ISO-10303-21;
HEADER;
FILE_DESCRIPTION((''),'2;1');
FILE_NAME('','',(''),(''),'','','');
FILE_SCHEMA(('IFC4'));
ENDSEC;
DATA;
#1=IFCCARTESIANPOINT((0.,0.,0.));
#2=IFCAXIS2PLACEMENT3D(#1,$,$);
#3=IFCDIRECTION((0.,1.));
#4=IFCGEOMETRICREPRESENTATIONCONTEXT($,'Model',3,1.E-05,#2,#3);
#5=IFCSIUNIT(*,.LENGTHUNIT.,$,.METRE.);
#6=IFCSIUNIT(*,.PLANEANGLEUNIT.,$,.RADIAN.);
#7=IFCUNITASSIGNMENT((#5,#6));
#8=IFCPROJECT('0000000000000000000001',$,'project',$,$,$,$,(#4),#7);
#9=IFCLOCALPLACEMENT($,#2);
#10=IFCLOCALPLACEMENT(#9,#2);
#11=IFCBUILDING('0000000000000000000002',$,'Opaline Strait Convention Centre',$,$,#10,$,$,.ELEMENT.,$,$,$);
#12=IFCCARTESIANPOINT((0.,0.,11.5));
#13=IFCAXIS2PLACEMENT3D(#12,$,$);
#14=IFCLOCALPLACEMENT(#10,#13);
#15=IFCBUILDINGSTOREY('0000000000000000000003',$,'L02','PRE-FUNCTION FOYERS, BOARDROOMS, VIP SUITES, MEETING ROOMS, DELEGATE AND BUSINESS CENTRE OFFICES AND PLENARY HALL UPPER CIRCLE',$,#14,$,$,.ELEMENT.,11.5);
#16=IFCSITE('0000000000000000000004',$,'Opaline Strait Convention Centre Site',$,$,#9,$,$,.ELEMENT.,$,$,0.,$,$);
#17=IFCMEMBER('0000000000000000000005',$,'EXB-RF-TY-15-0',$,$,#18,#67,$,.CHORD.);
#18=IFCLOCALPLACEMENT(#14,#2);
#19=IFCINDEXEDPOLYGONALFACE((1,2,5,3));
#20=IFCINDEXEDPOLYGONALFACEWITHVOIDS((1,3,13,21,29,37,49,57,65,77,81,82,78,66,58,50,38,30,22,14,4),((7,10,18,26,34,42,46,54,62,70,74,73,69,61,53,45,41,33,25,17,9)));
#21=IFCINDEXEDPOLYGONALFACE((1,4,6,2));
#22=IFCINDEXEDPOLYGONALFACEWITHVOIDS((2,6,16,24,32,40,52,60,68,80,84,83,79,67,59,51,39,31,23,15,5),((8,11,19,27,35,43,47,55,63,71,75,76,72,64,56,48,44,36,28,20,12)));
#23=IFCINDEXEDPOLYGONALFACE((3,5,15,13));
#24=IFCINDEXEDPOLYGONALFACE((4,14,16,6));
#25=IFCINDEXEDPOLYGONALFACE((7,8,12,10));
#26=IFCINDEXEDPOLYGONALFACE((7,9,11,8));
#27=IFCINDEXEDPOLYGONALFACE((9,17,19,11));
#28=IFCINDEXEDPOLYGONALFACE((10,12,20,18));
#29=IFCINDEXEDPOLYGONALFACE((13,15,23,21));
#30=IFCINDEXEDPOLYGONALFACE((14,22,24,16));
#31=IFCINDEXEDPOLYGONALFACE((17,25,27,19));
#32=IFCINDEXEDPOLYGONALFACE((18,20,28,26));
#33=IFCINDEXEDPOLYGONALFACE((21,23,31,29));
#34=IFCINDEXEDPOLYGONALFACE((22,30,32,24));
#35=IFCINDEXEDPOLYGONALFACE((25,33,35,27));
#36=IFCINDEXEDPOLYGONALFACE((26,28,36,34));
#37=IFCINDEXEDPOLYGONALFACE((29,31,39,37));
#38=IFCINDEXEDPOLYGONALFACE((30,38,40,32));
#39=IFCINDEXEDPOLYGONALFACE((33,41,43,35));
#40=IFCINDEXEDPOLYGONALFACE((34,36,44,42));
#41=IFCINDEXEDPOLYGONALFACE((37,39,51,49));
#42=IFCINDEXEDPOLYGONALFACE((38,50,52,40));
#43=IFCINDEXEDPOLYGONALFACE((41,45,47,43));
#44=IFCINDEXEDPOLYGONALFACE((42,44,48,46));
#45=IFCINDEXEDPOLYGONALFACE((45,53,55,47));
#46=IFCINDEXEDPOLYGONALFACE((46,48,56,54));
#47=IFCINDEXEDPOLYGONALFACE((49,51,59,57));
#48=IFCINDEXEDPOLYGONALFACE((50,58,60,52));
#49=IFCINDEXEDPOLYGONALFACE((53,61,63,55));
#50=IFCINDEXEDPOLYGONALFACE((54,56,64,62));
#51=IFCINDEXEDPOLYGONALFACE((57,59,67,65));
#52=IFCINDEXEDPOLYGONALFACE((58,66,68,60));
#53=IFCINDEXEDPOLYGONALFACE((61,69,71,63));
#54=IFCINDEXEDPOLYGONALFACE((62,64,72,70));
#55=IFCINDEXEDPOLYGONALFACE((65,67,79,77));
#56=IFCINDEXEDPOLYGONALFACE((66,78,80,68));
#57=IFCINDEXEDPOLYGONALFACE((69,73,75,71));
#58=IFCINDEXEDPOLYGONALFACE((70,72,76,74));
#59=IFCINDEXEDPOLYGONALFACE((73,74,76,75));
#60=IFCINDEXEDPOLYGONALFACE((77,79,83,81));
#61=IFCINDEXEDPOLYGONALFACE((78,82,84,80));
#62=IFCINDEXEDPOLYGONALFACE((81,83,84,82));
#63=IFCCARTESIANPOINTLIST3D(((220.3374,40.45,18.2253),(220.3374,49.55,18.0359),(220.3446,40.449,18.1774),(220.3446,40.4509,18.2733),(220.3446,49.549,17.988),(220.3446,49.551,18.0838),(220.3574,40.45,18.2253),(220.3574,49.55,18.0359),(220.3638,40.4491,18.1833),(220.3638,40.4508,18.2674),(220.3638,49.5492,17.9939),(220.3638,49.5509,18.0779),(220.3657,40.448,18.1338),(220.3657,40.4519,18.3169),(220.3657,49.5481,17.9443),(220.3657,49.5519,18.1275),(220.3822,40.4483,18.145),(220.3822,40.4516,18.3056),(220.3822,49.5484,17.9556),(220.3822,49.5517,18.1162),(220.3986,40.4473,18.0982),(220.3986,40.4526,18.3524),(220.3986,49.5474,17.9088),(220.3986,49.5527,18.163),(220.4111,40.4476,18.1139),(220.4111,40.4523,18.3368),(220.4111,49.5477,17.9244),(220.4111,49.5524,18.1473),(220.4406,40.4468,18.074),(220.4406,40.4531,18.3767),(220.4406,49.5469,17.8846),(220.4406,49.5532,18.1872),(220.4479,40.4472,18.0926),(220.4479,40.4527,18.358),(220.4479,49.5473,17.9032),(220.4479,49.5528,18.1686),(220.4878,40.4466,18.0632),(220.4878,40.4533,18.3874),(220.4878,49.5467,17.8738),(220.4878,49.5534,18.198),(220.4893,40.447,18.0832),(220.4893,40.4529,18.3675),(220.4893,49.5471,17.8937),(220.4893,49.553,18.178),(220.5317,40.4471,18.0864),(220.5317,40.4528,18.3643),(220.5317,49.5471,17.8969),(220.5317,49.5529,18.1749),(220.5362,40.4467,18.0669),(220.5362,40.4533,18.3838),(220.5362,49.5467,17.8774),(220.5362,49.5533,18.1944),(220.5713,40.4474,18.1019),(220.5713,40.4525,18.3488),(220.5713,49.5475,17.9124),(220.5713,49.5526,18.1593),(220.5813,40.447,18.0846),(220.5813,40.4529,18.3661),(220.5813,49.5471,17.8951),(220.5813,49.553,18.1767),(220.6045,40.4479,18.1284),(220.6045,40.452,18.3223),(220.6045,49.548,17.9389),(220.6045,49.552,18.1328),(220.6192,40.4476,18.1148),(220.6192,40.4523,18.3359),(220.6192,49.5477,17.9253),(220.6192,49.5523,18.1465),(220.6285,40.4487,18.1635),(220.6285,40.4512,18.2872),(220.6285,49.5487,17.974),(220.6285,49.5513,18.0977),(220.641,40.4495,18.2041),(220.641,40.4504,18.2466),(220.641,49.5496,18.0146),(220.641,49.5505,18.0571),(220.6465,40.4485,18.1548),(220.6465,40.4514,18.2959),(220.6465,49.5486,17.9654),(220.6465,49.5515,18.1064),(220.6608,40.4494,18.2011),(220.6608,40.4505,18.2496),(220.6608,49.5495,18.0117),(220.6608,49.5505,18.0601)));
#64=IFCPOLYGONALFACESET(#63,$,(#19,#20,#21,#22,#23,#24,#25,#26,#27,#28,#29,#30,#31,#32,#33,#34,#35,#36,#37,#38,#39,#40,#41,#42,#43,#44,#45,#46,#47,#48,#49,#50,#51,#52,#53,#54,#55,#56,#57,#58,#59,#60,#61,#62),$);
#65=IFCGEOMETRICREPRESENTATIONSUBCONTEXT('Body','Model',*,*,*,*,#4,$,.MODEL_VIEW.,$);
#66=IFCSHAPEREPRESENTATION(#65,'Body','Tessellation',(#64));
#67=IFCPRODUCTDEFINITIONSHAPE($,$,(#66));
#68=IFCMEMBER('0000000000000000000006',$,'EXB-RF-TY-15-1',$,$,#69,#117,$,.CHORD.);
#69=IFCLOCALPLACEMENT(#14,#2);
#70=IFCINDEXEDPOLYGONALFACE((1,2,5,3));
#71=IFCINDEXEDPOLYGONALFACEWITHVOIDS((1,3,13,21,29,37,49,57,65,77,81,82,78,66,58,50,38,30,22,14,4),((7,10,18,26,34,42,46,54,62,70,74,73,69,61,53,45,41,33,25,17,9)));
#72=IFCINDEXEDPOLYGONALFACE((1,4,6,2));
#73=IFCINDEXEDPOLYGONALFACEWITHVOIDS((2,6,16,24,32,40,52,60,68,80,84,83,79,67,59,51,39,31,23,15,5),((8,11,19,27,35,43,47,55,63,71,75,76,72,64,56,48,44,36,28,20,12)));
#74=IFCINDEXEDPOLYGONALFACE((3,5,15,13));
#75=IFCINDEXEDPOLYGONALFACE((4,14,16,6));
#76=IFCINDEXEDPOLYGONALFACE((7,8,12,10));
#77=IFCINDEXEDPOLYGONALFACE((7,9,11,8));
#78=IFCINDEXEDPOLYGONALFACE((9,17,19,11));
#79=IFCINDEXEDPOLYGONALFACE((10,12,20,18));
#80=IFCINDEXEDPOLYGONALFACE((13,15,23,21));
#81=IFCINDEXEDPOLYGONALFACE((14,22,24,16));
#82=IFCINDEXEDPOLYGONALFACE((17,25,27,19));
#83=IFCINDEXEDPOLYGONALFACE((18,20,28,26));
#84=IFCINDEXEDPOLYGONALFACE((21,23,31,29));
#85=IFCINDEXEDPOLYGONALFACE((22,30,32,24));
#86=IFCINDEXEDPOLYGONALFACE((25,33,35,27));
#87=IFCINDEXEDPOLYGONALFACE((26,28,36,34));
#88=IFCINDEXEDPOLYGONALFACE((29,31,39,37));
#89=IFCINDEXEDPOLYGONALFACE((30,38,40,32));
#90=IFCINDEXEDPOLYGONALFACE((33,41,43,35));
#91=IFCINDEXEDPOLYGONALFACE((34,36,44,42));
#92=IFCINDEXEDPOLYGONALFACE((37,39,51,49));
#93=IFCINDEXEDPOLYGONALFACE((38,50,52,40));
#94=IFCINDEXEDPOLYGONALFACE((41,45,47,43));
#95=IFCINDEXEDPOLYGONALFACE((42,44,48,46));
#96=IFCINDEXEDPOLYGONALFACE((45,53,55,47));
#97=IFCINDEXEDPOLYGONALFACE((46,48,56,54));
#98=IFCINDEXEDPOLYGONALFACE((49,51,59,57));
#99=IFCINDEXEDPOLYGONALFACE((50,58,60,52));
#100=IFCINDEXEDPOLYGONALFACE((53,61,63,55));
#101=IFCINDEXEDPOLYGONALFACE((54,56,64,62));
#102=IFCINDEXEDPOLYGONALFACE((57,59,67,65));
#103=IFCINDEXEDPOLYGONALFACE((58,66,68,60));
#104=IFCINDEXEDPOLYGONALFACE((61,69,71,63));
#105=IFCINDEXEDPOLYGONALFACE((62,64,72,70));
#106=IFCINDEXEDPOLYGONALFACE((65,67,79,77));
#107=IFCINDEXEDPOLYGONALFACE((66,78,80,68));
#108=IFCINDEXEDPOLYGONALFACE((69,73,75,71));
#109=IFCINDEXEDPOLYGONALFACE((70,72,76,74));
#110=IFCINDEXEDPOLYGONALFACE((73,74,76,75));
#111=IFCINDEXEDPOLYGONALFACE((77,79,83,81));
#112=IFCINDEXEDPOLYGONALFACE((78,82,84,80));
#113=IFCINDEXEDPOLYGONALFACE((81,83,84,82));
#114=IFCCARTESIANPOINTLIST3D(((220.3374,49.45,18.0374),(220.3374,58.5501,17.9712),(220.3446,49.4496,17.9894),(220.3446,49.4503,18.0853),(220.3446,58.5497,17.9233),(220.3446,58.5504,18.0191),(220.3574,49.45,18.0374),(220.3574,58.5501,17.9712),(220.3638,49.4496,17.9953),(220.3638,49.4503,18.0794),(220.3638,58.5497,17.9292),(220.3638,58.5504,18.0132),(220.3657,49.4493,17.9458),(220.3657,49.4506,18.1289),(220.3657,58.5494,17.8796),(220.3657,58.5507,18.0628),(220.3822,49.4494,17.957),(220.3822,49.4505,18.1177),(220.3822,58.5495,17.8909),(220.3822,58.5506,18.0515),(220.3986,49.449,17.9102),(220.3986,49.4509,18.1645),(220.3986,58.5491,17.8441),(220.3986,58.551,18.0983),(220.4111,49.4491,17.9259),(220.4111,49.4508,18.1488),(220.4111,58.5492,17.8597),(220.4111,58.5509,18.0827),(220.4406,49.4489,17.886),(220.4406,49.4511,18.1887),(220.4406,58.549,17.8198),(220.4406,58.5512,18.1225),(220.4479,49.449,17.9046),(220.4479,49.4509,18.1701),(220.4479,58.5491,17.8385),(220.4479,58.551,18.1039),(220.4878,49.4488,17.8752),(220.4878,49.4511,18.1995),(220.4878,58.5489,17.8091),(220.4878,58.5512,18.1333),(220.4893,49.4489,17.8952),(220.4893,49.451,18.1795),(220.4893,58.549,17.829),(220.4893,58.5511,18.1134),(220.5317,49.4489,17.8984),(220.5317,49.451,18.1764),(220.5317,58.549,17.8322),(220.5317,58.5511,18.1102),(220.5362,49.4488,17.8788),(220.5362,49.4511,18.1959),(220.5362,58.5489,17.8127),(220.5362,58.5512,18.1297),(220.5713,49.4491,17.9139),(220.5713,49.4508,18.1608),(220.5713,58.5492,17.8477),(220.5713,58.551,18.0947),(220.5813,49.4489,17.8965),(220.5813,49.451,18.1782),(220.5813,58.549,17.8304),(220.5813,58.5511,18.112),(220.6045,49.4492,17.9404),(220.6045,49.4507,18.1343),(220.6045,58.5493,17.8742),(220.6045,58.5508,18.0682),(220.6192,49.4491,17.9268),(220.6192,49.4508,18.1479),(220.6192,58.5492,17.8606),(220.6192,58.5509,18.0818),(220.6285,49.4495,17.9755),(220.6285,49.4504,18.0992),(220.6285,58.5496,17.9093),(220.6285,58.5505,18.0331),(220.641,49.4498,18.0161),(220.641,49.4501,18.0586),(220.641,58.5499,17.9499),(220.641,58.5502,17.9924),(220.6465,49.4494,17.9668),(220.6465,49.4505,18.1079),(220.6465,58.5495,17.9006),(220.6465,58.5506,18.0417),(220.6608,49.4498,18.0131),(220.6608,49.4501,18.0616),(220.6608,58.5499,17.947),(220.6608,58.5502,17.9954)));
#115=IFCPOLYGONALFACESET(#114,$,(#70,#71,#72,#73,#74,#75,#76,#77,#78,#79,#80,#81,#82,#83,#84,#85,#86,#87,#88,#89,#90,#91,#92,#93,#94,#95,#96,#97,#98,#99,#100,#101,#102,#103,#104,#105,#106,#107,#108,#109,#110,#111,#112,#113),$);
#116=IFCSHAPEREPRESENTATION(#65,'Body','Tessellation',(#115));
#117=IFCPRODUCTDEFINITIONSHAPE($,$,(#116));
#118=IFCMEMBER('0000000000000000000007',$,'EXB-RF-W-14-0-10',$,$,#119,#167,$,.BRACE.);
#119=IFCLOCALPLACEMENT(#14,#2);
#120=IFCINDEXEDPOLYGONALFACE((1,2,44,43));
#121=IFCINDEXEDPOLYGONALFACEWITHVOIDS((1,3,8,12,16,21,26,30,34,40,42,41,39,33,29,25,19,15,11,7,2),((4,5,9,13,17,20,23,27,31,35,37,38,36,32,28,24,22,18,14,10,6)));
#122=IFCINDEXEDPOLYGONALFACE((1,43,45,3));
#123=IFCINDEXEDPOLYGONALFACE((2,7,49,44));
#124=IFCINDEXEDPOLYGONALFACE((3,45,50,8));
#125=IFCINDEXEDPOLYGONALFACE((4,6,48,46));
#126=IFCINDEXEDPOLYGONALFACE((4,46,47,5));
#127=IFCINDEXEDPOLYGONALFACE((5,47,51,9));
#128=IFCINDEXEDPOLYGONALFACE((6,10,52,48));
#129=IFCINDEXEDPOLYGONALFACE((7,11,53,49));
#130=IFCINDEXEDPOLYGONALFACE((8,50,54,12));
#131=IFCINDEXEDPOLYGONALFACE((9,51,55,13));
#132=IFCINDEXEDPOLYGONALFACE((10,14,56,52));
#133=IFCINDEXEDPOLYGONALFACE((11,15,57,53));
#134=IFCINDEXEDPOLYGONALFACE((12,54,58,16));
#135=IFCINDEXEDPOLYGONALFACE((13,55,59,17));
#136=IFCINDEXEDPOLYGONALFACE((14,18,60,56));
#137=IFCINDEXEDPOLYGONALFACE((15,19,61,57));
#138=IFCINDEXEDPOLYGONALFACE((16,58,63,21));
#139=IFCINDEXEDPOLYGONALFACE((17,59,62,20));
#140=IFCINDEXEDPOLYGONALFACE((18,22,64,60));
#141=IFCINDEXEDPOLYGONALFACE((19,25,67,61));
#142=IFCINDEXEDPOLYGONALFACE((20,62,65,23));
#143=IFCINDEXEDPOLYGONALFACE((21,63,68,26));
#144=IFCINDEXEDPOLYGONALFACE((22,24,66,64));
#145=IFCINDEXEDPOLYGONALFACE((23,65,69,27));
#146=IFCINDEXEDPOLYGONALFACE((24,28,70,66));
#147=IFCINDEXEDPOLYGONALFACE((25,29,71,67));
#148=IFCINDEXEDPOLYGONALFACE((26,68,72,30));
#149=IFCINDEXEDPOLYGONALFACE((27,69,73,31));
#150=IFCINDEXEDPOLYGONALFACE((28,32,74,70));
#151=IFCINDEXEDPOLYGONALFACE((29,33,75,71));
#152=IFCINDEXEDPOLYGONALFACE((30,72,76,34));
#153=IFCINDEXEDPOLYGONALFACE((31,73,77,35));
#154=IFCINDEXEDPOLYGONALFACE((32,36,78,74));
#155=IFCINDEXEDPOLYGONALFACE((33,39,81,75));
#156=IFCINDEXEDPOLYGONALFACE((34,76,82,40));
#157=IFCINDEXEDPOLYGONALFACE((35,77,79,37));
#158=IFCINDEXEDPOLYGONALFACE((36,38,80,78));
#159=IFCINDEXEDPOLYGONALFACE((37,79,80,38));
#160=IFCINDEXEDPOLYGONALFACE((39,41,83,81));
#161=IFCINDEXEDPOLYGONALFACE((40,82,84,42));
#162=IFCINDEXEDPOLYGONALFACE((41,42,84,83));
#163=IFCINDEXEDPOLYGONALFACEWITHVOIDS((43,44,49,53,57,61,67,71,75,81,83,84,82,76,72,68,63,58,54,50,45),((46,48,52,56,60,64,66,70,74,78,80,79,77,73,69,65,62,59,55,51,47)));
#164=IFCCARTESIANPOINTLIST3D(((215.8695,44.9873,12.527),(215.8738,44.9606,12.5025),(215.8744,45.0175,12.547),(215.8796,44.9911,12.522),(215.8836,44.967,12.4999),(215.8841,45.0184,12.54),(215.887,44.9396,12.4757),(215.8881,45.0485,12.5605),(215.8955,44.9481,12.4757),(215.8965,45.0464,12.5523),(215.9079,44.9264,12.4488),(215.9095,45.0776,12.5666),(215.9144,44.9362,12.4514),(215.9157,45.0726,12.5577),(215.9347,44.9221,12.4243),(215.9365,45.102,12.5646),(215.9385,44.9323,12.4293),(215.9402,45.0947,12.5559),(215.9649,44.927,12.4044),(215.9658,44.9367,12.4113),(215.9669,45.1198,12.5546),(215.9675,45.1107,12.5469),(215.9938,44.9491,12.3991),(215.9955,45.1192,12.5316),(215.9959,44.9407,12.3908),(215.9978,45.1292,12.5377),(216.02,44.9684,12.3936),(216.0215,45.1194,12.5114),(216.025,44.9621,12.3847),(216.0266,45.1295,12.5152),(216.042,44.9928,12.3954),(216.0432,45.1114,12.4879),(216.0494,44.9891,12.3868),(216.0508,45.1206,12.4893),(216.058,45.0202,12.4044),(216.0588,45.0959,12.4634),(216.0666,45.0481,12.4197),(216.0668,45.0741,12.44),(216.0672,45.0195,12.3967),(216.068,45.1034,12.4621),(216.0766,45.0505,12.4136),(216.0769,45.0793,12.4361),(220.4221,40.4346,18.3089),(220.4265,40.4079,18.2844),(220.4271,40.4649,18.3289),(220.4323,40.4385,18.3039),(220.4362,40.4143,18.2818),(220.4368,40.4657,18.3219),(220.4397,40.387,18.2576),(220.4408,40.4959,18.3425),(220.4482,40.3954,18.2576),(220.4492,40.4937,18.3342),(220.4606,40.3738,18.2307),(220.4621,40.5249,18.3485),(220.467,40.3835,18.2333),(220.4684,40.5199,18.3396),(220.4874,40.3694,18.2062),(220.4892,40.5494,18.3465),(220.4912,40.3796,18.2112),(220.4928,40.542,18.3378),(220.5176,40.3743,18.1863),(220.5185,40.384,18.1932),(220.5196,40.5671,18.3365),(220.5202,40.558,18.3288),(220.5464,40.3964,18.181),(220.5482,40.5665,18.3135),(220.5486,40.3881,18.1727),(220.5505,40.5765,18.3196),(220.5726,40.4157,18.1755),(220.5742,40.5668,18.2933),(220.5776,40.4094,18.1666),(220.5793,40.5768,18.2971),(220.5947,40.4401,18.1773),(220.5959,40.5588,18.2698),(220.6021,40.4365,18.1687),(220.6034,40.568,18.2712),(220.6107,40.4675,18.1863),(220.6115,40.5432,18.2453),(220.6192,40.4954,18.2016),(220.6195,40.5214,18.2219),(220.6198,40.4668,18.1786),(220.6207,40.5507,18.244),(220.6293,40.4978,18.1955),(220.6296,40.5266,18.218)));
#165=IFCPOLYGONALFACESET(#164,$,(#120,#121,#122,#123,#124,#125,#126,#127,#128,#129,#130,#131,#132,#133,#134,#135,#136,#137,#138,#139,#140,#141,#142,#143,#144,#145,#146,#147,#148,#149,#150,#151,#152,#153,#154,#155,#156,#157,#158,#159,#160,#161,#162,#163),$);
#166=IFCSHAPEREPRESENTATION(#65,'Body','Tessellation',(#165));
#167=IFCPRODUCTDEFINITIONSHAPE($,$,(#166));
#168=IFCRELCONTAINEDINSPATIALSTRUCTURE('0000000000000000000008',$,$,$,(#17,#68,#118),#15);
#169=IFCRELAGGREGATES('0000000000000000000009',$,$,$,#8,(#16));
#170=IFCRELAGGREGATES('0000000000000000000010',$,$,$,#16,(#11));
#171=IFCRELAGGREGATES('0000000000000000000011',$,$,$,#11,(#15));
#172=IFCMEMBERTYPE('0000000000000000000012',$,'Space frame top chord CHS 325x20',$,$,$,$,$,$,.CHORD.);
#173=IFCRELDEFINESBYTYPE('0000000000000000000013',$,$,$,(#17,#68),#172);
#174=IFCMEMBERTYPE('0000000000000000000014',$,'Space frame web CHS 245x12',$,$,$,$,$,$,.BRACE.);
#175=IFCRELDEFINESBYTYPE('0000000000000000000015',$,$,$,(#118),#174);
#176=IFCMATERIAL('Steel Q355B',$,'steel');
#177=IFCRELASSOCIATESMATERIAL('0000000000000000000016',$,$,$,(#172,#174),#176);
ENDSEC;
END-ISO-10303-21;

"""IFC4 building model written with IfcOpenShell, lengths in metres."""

from ifc_helpers import new_model, si_unit, direction, frame, origin, origin_2d, place, context, subcontext, project, spatial, hollow_circle, extrude, material, material_profile, profile_set, type_object, element, save


model = new_model("IFC4")

# Units and contexts
model_context = context("Model", 3, precision=1e-05, world=origin(), true_north=direction((0.0, 1.0)))
body_context = subcontext(model_context, "Body", "Model", "MODEL_VIEW")
ifc_project = project(units=[si_unit("LENGTHUNIT", "METRE"), si_unit("PLANEANGLEUNIT", "RADIAN")], contexts=[model_context])

# Site, building, storey
site_placement = place(None, origin())
site = spatial("IfcSite", under=ifc_project, at=site_placement, Name="Opaline Strait Convention Centre Site", CompositionType="ELEMENT", RefElevation=0.0)
building_placement = place(site_placement, origin())
building = spatial("IfcBuilding", under=site, at=building_placement, Name="Opaline Strait Convention Centre", CompositionType="ELEMENT")
storey_placement = place(building_placement, frame((0.0, 0.0, 11.5)))
storey = spatial("IfcBuildingStorey", under=building, at=storey_placement, Name="L02", Description="PRE-FUNCTION FOYERS, BOARDROOMS, VIP SUITES, MEETING ROOMS, DELEGATE AND BUSINESS CENTRE OFFICES AND PLENARY HALL UPPER CIRCLE", CompositionType="ELEMENT", Elevation=11.5)

# Members
ifc_material_1 = material(Name="Steel Q355B", Category="steel")
ifc_material_profile_1 = material_profile(ifc_material_1, hollow_circle(Radius=0.1626, WallThickness=0.02, at=origin_2d()), Name="CHS 325x20")
ifc_profile_set_1 = profile_set([ifc_material_profile_1], Name="Steel Q355B")
member_type_1 = type_object("IfcMemberType", Name="Space frame top chord CHS 325x20", PredefinedType="CHORD", material=ifc_profile_set_1)
member_1_placement = place(storey_placement, frame((220.5, 40.45, 18.2253), z_axis=(0.0, 0.999783, -0.020814), x_axis=(-1.0, 0.0, 0.0)))
element("IfcMember", 1, at=member_1_placement, inside=storey, type_object=member_type_1, Name="EXB-RF-TY-15-0", PredefinedType="CHORD", context=body_context, shape_type="SweptSolid", body=[
    extrude(hollow_circle(Radius=0.1626, WallThickness=0.02, at=origin_2d()), origin(), (0.0, 0.0, 1.0), 9.1021),
])
member_2_placement = place(storey_placement, frame((220.5, 49.45, 18.0374), z_axis=(0.0, 0.999974, -0.00727), x_axis=(-1.0, 0.0, 0.0)))
element("IfcMember", 2, at=member_2_placement, inside=storey, type_object=member_type_1, Name="EXB-RF-TY-15-1", PredefinedType="CHORD", context=body_context, shape_type="SweptSolid", body=[
    extrude(hollow_circle(Radius=0.1626, WallThickness=0.02, at=origin_2d()), origin(), (0.0, 0.0, 1.0), 9.1003),
])
ifc_material_profile_2 = material_profile(ifc_material_1, hollow_circle(Radius=0.1226, WallThickness=0.012, at=origin_2d()), Name="CHS 245x12")
ifc_profile_set_2 = profile_set([ifc_material_profile_2], Name="Steel Q355B")
member_type_2 = type_object("IfcMemberType", Name="Space frame web CHS 245x12", PredefinedType="BRACE", material=ifc_profile_set_2)
member_3_placement = place(storey_placement, frame((220.5264, 40.4736, 18.2576), z_axis=(-0.526104, 0.526104, -0.668153), x_axis=(-0.707107, -0.707107, 0.0)))
element("IfcMember", 3, at=member_3_placement, inside=storey, type_object=member_type_2, Name="EXB-RF-W-14-0-10", PredefinedType="BRACE", context=body_context, shape_type="SweptSolid", body=[
    extrude(hollow_circle(Radius=0.1226, WallThickness=0.012, at=origin_2d()), origin(), (0.0, 0.0, 1.0), 8.6536),
])

save(model, "model.ifc")
